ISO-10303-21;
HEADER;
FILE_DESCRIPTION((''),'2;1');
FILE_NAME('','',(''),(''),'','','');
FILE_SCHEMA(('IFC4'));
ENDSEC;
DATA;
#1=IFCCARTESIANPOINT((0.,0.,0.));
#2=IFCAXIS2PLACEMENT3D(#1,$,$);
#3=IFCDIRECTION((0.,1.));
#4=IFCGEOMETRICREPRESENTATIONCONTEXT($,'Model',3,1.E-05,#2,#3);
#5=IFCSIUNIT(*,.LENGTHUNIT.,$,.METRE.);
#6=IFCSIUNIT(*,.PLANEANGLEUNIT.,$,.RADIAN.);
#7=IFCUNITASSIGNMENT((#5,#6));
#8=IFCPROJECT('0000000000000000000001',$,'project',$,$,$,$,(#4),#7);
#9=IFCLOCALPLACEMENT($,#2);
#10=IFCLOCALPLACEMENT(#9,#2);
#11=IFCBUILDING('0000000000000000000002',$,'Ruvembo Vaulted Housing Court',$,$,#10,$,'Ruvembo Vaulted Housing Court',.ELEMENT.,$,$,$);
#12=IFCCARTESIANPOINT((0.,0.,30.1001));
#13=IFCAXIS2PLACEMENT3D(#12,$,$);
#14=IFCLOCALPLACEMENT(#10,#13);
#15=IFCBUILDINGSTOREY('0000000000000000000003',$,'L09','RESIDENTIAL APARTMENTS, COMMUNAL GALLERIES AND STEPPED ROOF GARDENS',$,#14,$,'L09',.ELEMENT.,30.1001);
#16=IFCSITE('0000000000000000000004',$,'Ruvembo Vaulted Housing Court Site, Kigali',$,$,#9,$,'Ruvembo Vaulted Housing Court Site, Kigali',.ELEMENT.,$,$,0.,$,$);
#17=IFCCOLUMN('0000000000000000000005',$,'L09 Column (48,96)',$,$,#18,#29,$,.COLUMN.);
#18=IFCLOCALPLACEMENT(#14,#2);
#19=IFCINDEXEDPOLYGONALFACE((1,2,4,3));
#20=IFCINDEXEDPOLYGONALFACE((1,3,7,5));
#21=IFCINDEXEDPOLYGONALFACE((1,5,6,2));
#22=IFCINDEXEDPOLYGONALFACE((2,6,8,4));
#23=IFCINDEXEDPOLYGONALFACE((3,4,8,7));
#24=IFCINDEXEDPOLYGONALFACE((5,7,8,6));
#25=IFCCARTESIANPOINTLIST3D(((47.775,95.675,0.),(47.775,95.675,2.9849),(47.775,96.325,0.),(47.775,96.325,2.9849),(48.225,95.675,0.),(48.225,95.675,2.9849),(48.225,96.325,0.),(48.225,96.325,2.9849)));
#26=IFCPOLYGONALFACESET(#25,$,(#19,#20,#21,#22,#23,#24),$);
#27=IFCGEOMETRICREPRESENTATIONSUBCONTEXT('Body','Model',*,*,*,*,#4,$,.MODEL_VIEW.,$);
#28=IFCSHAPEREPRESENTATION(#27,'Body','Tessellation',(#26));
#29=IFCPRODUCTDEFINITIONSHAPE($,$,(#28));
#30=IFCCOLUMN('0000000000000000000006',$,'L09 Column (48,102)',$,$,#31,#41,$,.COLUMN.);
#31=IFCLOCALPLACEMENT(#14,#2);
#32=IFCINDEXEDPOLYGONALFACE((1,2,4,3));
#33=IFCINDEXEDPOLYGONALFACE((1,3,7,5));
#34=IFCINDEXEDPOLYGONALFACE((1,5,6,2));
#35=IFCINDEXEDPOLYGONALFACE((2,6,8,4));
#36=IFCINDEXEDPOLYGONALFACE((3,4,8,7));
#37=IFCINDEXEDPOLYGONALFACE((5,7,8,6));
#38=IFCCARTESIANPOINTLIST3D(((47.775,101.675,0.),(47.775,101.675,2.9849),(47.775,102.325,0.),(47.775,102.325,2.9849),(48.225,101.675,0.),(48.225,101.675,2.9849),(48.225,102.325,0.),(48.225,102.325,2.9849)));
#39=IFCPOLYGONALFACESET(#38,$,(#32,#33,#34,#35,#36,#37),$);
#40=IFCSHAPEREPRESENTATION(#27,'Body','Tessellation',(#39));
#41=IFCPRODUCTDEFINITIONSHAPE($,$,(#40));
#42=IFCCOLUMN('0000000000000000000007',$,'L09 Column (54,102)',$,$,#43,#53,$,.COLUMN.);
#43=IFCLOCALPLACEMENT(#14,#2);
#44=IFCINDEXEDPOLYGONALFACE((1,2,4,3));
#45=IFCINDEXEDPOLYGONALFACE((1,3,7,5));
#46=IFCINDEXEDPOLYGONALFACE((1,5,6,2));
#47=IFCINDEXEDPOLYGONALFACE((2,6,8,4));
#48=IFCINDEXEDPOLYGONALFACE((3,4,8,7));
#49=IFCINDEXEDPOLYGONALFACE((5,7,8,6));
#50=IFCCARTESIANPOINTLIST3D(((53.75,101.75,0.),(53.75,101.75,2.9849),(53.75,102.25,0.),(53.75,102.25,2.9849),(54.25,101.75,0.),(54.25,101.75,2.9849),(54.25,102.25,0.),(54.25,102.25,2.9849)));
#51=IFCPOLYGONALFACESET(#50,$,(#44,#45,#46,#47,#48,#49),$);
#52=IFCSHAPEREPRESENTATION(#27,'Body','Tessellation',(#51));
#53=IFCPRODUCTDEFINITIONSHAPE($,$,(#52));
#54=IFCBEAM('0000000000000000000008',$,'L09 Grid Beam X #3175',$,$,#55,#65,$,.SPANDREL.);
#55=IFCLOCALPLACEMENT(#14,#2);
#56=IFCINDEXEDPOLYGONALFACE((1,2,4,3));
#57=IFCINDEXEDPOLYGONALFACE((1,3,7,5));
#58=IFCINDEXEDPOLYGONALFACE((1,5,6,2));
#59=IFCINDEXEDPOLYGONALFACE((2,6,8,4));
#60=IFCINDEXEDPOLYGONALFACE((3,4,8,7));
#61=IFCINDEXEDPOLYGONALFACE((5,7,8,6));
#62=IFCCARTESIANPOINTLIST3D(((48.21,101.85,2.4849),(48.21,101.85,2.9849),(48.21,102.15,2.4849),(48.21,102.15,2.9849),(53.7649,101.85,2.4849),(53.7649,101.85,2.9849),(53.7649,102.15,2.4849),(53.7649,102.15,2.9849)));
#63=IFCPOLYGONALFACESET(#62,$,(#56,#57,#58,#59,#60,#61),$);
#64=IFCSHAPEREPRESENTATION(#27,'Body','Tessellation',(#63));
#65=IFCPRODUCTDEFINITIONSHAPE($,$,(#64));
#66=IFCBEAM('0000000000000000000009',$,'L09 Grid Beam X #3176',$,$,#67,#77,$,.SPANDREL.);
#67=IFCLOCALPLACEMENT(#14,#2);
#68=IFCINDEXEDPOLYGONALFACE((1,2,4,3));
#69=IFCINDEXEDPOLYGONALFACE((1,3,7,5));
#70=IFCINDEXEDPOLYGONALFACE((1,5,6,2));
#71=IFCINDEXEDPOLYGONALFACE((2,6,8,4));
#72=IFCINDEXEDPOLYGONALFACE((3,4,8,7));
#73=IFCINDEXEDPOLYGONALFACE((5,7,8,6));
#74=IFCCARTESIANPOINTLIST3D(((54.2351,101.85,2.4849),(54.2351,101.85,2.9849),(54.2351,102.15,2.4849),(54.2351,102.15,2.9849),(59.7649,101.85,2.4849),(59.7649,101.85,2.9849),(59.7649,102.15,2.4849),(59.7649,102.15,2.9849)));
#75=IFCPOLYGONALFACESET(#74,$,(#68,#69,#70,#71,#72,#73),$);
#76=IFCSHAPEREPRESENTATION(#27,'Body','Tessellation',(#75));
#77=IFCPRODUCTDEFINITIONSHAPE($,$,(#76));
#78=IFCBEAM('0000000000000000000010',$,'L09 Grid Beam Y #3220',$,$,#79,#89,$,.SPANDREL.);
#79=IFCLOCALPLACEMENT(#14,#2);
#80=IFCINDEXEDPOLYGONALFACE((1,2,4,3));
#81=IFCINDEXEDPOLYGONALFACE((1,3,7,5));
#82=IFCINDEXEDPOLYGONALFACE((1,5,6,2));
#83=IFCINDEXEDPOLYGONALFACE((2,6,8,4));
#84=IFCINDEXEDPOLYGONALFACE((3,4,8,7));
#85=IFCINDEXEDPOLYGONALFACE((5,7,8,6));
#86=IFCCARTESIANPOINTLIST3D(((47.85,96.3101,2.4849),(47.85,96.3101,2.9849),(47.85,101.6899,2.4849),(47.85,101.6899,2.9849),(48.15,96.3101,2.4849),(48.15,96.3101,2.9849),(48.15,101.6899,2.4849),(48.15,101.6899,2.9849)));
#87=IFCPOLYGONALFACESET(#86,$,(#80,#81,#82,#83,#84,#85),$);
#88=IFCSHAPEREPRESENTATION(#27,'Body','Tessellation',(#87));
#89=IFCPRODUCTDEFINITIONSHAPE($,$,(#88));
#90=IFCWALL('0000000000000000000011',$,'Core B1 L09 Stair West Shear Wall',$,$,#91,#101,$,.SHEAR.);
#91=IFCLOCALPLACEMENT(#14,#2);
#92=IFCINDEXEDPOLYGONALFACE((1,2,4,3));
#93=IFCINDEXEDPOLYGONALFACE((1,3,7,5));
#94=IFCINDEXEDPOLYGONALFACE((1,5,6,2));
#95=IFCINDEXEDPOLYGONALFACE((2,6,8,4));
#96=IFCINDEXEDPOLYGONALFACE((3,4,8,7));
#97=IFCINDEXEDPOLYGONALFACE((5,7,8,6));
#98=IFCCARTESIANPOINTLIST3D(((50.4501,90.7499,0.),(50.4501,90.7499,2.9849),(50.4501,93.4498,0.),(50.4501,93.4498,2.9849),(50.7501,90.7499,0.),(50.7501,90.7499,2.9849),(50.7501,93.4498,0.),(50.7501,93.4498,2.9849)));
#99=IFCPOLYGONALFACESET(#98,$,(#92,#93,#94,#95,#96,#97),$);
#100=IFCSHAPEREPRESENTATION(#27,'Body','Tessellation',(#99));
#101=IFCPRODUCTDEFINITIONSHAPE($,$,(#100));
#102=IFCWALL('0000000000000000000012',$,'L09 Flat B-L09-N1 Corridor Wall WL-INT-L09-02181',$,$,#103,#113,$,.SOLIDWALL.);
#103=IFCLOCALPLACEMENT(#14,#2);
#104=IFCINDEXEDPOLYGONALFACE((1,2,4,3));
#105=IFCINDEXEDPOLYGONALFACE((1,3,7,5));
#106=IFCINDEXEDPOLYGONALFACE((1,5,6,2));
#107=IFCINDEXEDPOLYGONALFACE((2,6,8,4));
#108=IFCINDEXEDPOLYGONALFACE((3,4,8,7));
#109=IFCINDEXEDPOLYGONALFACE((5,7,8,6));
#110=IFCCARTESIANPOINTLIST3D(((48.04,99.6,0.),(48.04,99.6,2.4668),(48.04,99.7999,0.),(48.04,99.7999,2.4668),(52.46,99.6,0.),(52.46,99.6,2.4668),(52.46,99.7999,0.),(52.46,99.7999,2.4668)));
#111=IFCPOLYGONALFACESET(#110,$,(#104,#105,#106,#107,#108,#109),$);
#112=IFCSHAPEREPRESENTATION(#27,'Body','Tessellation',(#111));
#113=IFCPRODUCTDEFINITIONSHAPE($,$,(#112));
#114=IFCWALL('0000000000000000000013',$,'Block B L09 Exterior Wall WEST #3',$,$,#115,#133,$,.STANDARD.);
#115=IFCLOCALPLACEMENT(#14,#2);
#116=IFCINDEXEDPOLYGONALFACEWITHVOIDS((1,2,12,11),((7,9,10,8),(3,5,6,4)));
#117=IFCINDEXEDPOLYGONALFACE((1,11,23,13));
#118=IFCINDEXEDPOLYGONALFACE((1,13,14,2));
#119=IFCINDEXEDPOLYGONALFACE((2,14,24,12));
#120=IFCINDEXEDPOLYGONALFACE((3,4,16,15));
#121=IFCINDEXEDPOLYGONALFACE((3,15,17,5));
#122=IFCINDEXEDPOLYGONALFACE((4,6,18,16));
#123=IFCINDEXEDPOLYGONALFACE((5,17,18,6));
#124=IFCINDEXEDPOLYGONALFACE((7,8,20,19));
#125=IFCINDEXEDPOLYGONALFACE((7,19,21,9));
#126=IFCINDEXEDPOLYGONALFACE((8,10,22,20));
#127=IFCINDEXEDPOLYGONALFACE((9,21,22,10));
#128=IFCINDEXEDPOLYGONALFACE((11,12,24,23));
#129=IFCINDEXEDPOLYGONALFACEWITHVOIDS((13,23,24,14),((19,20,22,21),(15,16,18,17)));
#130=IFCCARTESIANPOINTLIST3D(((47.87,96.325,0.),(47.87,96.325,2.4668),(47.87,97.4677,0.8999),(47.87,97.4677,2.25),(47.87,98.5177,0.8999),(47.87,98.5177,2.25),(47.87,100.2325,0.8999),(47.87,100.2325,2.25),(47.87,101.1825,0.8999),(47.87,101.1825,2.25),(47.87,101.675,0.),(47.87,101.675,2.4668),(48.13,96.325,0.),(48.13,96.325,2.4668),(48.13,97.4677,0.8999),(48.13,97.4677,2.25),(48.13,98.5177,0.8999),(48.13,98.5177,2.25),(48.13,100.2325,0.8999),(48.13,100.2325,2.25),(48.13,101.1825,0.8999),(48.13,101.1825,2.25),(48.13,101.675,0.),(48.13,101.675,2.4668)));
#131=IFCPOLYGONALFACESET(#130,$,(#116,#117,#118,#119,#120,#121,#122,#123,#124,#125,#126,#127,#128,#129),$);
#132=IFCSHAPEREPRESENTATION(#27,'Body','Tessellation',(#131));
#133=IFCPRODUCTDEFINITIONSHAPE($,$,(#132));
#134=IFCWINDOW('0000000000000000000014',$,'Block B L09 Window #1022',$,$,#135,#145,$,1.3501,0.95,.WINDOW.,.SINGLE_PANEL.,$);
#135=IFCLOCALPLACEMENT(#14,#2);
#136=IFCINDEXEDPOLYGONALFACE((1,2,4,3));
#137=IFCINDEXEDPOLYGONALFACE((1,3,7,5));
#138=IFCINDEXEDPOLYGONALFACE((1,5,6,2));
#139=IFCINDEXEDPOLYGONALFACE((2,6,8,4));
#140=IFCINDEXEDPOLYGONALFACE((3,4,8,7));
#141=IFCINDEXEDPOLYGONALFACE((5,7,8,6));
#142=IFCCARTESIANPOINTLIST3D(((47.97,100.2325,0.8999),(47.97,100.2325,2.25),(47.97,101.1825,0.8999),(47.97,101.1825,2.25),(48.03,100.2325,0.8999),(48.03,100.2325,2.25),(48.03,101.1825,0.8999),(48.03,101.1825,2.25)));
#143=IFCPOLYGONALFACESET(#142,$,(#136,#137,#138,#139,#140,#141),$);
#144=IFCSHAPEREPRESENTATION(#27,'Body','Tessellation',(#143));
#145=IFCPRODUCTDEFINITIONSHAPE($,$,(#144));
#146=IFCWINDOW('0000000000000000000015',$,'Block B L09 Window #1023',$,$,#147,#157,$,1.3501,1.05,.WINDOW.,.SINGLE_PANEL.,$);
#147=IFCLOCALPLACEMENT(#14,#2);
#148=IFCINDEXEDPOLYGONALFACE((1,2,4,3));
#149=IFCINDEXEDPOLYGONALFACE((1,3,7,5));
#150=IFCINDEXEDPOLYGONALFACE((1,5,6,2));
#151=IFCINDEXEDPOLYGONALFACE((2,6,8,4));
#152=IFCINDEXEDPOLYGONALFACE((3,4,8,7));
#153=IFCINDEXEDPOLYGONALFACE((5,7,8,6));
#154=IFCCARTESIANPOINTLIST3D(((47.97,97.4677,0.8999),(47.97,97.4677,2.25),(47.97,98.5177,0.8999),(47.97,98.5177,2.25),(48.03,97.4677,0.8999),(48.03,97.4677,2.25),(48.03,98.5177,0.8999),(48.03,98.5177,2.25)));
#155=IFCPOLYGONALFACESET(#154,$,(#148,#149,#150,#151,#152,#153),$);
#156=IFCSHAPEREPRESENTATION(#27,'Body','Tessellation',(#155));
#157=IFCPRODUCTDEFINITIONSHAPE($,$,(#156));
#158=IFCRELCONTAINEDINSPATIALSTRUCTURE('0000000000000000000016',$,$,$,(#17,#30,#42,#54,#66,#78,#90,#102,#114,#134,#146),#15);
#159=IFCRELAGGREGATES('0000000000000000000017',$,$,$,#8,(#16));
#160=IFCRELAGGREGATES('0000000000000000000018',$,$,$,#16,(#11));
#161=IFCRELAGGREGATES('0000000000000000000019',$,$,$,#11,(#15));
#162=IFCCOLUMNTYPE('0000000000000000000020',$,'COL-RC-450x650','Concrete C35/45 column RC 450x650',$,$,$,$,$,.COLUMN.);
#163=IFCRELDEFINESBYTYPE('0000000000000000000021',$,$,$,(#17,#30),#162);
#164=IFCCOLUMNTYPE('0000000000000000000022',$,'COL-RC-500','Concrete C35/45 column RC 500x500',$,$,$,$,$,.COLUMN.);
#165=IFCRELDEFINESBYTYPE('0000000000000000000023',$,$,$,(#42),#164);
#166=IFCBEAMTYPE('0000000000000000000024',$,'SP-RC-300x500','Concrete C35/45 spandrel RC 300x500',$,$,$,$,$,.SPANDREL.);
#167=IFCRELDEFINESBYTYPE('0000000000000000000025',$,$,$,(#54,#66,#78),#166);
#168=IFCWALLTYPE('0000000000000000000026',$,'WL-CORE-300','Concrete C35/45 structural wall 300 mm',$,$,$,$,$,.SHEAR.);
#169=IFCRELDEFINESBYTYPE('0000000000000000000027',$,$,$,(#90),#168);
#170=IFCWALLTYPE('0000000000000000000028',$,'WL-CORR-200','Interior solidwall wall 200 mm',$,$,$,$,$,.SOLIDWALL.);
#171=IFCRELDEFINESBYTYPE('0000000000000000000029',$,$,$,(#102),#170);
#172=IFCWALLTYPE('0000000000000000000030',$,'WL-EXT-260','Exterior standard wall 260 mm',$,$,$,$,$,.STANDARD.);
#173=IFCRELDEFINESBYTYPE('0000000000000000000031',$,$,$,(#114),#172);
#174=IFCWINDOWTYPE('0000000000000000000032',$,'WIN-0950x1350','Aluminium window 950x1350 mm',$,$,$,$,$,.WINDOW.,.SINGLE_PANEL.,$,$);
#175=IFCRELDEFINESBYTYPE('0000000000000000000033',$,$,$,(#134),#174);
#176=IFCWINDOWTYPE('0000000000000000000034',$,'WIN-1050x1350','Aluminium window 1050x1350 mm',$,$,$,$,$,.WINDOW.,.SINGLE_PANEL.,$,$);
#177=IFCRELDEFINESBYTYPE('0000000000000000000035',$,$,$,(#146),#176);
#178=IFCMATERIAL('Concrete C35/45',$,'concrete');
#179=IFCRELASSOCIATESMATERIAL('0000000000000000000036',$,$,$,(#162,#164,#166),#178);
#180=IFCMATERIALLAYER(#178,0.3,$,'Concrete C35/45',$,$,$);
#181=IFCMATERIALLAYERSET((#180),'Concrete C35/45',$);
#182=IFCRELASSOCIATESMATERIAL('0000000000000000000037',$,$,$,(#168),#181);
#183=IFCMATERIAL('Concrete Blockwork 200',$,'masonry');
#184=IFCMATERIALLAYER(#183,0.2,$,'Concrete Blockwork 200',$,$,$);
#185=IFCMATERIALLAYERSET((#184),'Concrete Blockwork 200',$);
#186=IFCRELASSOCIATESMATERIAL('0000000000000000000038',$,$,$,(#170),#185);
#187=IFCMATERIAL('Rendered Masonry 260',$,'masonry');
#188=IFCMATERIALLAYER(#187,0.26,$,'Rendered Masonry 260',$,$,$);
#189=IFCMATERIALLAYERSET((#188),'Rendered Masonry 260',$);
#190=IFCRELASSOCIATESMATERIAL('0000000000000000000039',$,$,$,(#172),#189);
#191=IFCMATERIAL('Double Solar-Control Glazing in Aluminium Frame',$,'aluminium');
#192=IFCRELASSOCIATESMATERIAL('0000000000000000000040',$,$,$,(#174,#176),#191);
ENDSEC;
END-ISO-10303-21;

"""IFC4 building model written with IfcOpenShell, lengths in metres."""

from ifc_helpers import new_model, si_unit, direction, frame, frame_2d, origin, origin_2d, place, context, subcontext, project, spatial, rectangle, extrude, material, layer, layer_set, material_profile, profile_set, type_object, element, fill, save


model = new_model("IFC4")

# Units and contexts
model_context = context("Model", 3, precision=1e-05, world=origin(), true_north=direction((0.0, 1.0)))
body_context = subcontext(model_context, "Body", "Model", "MODEL_VIEW")
ifc_project = project(units=[si_unit("LENGTHUNIT", "METRE"), si_unit("PLANEANGLEUNIT", "RADIAN")], contexts=[model_context])

# Site, building, storey
site_placement = place(None, origin())
site = spatial("IfcSite", under=ifc_project, at=site_placement, Name="Ruvembo Vaulted Housing Court Site, Kigali", LongName="Ruvembo Vaulted Housing Court Site, Kigali", CompositionType="ELEMENT", RefElevation=0.0)
building_placement = place(site_placement, origin())
building = spatial("IfcBuilding", under=site, at=building_placement, Name="Ruvembo Vaulted Housing Court", LongName="Ruvembo Vaulted Housing Court", CompositionType="ELEMENT")
storey_placement = place(building_placement, frame((0.0, 0.0, 30.1001)))
storey = spatial("IfcBuildingStorey", under=building, at=storey_placement, Name="L09", Description="RESIDENTIAL APARTMENTS, COMMUNAL GALLERIES AND STEPPED ROOF GARDENS", LongName="L09", CompositionType="ELEMENT", Elevation=30.1001)

# Columns
ifc_material_1 = material(Name="Concrete C35/45", Category="concrete")
ifc_material_profile_1 = material_profile(ifc_material_1, rectangle(XDim=0.45, YDim=0.6499, at=origin_2d()), Name="RC 450x650")
ifc_profile_set_1 = profile_set([ifc_material_profile_1], Name="Concrete C35/45")
column_type_1 = type_object("IfcColumnType", Name="COL-RC-450x650", Description="Concrete C35/45 column RC 450x650", PredefinedType="COLUMN", material=ifc_profile_set_1)
for number, where, z_axis, x_axis, name in (
    (1, (48.0, 96.0, 0.0), (0.0, 0.0, 1.0), (1.0, 0.0, 0.0), "L09 Column (48,96)"),
    (2, (48.0, 102.0, 0.0), (0.0, 0.0, 1.0), (1.0, 0.0, 0.0), "L09 Column (48,102)"),
):
    element("IfcColumn", number, at=place(storey_placement, frame(where, z_axis=z_axis, x_axis=x_axis)), inside=storey, type_object=column_type_1, Name=name, PredefinedType="COLUMN", context=body_context, shape_type="SweptSolid", body=[
        extrude(rectangle(XDim=0.45, YDim=0.6499, at=origin_2d()), origin(), (0.0, 0.0, 1.0), 2.9849),
    ])
ifc_material_profile_2 = material_profile(ifc_material_1, rectangle(XDim=0.5, YDim=0.5, at=origin_2d()), Name="RC 500x500")
ifc_profile_set_2 = profile_set([ifc_material_profile_2], Name="Concrete C35/45")
column_type_2 = type_object("IfcColumnType", Name="COL-RC-500", Description="Concrete C35/45 column RC 500x500", PredefinedType="COLUMN", material=ifc_profile_set_2)
column_placement = place(storey_placement, frame((54.0, 102.0, 0.0), z_axis=(0.0, 0.0, 1.0), x_axis=(1.0, 0.0, 0.0)))
element("IfcColumn", 3, at=column_placement, inside=storey, type_object=column_type_2, Name="L09 Column (54,102)", PredefinedType="COLUMN", context=body_context, shape_type="SweptSolid", body=[
    extrude(rectangle(XDim=0.5, YDim=0.5, at=origin_2d()), origin(), (0.0, 0.0, 1.0), 2.9849),
])

# Beams
ifc_material_profile_3 = material_profile(ifc_material_1, rectangle(XDim=0.3, YDim=0.5, at=origin_2d()), Name="RC 300x500")
ifc_profile_set_3 = profile_set([ifc_material_profile_3], Name="Concrete C35/45")
beam_type = type_object("IfcBeamType", Name="SP-RC-300x500", Description="Concrete C35/45 spandrel RC 300x500", PredefinedType="SPANDREL", material=ifc_profile_set_3)
beam_1_placement = place(storey_placement, frame((48.21, 102.0, 2.7349), z_axis=(1.0, 0.0, 0.0), x_axis=(0.0, 1.0, 0.0)))
element("IfcBeam", 4, at=beam_1_placement, inside=storey, type_object=beam_type, Name="L09 Grid Beam X #3175", PredefinedType="SPANDREL", context=body_context, shape_type="SweptSolid", body=[
    extrude(rectangle(XDim=0.3, YDim=0.5, at=origin_2d()), origin(), (0.0, 0.0, 1.0), 5.5549),
])
beam_2_placement = place(storey_placement, frame((54.2351, 102.0, 2.7349), z_axis=(1.0, 0.0, 0.0), x_axis=(0.0, 1.0, 0.0)))
element("IfcBeam", 5, at=beam_2_placement, inside=storey, type_object=beam_type, Name="L09 Grid Beam X #3176", PredefinedType="SPANDREL", context=body_context, shape_type="SweptSolid", body=[
    extrude(rectangle(XDim=0.3, YDim=0.5, at=origin_2d()), origin(), (0.0, 0.0, 1.0), 5.5298),
])
beam_3_placement = place(storey_placement, frame((48.0, 96.3101, 2.7349), z_axis=(0.0, 1.0, 0.0), x_axis=(-1.0, 0.0, 0.0)))
element("IfcBeam", 6, at=beam_3_placement, inside=storey, type_object=beam_type, Name="L09 Grid Beam Y #3220", PredefinedType="SPANDREL", context=body_context, shape_type="SweptSolid", body=[
    extrude(rectangle(XDim=0.3, YDim=0.5, at=origin_2d()), origin(), (0.0, 0.0, 1.0), 5.3799),
])

# Walls
ifc_layer_1 = layer(ifc_material_1, 0.3, Name="Concrete C35/45")
ifc_layer_set_1 = layer_set([ifc_layer_1], Name="Concrete C35/45")
wall_type_1 = type_object("IfcWallType", Name="WL-CORE-300", Description="Concrete C35/45 structural wall 300 mm", PredefinedType="SHEAR", material=ifc_layer_set_1)
wall_1_placement = place(storey_placement, frame((50.6001, 93.45, 0.0), z_axis=(0.0, 0.0, 1.0), x_axis=(0.0, -1.0, 0.0)))
element("IfcWall", 7, at=wall_1_placement, inside=storey, type_object=wall_type_1, Name="Core B1 L09 Stair West Shear Wall", PredefinedType="SHEAR", context=body_context, shape_type="SweptSolid", body=[
    extrude(rectangle(XDim=2.7, YDim=0.3, at=frame_2d((1.3501, 0.0))), origin(), (0.0, 0.0, 1.0), 2.9849),
])
ifc_material_2 = material(Name="Concrete Blockwork 200", Category="masonry")
ifc_layer_2 = layer(ifc_material_2, 0.2, Name="Concrete Blockwork 200")
ifc_layer_set_2 = layer_set([ifc_layer_2], Name="Concrete Blockwork 200")
wall_type_2 = type_object("IfcWallType", Name="WL-CORR-200", Description="Interior solidwall wall 200 mm", PredefinedType="SOLIDWALL", material=ifc_layer_set_2)
wall_2_placement = place(storey_placement, frame((48.04, 99.7, 0.0), z_axis=(0.0, 0.0, 1.0), x_axis=(1.0, 0.0, 0.0)))
element("IfcWall", 8, at=wall_2_placement, inside=storey, type_object=wall_type_2, Name="L09 Flat B-L09-N1 Corridor Wall WL-INT-L09-02181", PredefinedType="SOLIDWALL", context=body_context, shape_type="SweptSolid", body=[
    extrude(rectangle(XDim=4.4199, YDim=0.2, at=frame_2d((2.21, 0.0))), origin(), (0.0, 0.0, 1.0), 2.4668),
])

# Wall, openings, windows
ifc_material_3 = material(Name="Rendered Masonry 260", Category="masonry")
ifc_layer_3 = layer(ifc_material_3, 0.26, Name="Rendered Masonry 260")
ifc_layer_set_3 = layer_set([ifc_layer_3], Name="Rendered Masonry 260")
wall_type_3 = type_object("IfcWallType", Name="WL-EXT-260", Description="Exterior standard wall 260 mm", PredefinedType="STANDARD", material=ifc_layer_set_3)
wall_3_placement = place(storey_placement, frame((48.0, 101.675, 0.0), z_axis=(0.0, 0.0, 1.0), x_axis=(0.0, -1.0, 0.0)))
wall_3 = element("IfcWall", 9, at=wall_3_placement, inside=storey, type_object=wall_type_3, Name="Block B L09 Exterior Wall WEST #3", PredefinedType="STANDARD", context=body_context, shape_type="SweptSolid", body=[
    extrude(rectangle(XDim=5.3501, YDim=0.26, at=frame_2d((2.675, 0.0))), origin(), (0.0, 0.0, 1.0), 2.4668),
])
opening_1_placement = place(wall_3_placement, frame((0.4924, 0.0, 0.8999)))
opening_1 = element("IfcOpeningElement", 10, at=opening_1_placement, cuts=wall_3, PredefinedType="OPENING", context=body_context, shape_type="SweptSolid", body=[
    extrude(rectangle(XDim=0.95, YDim=1.3501, at=frame_2d((0.4751, 0.675))), frame((0.0, 0.1399, 0.0), z_axis=(0.0, -1.0, 0.0), x_axis=(1.0, 0.0, 0.0)), (0.0, 0.0, 1.0), 0.28),
])
opening_2_placement = place(wall_3_placement, frame((3.1575, 0.0, 0.8999)))
opening_2 = element("IfcOpeningElement", 11, at=opening_2_placement, cuts=wall_3, PredefinedType="OPENING", context=body_context, shape_type="SweptSolid", body=[
    extrude(rectangle(XDim=1.05, YDim=1.3501, at=frame_2d((0.5249, 0.675))), frame((0.0, 0.1399, 0.0), z_axis=(0.0, -1.0, 0.0), x_axis=(1.0, 0.0, 0.0)), (0.0, 0.0, 1.0), 0.28),
])
ifc_material_4 = material(Name="Double Solar-Control Glazing in Aluminium Frame", Category="aluminium")
window_type_1 = type_object("IfcWindowType", Name="WIN-0950x1350", Description="Aluminium window 950x1350 mm", PartitioningType="SINGLE_PANEL", PredefinedType="WINDOW", material=ifc_material_4)
window_1_placement = place(opening_1_placement, origin())
window_1 = element("IfcWindow", 12, at=window_1_placement, inside=storey, type_object=window_type_1, Name="Block B L09 Window #1022", OverallHeight=1.3501, OverallWidth=0.95, PartitioningType="SINGLE_PANEL", PredefinedType="WINDOW", context=body_context, shape_type="SweptSolid", body=[
    extrude(rectangle(XDim=0.95, YDim=1.3501, at=frame_2d((0.4751, 0.675))), frame((0.0, 0.03, 0.0), z_axis=(0.0, -1.0, 0.0), x_axis=(1.0, 0.0, 0.0)), (0.0, 0.0, 1.0), 0.0601),
])
fill(opening_1, window_1)
window_type_2 = type_object("IfcWindowType", Name="WIN-1050x1350", Description="Aluminium window 1050x1350 mm", PartitioningType="SINGLE_PANEL", PredefinedType="WINDOW", material=ifc_material_4)
window_2_placement = place(opening_2_placement, origin())
window_2 = element("IfcWindow", 13, at=window_2_placement, inside=storey, type_object=window_type_2, Name="Block B L09 Window #1023", OverallHeight=1.3501, OverallWidth=1.05, PartitioningType="SINGLE_PANEL", PredefinedType="WINDOW", context=body_context, shape_type="SweptSolid", body=[
    extrude(rectangle(XDim=1.05, YDim=1.3501, at=frame_2d((0.5249, 0.675))), frame((0.0, 0.03, 0.0), z_axis=(0.0, -1.0, 0.0), x_axis=(1.0, 0.0, 0.0)), (0.0, 0.0, 1.0), 0.0601),
])
fill(opening_2, window_2)

save(model, "model.ifc")
